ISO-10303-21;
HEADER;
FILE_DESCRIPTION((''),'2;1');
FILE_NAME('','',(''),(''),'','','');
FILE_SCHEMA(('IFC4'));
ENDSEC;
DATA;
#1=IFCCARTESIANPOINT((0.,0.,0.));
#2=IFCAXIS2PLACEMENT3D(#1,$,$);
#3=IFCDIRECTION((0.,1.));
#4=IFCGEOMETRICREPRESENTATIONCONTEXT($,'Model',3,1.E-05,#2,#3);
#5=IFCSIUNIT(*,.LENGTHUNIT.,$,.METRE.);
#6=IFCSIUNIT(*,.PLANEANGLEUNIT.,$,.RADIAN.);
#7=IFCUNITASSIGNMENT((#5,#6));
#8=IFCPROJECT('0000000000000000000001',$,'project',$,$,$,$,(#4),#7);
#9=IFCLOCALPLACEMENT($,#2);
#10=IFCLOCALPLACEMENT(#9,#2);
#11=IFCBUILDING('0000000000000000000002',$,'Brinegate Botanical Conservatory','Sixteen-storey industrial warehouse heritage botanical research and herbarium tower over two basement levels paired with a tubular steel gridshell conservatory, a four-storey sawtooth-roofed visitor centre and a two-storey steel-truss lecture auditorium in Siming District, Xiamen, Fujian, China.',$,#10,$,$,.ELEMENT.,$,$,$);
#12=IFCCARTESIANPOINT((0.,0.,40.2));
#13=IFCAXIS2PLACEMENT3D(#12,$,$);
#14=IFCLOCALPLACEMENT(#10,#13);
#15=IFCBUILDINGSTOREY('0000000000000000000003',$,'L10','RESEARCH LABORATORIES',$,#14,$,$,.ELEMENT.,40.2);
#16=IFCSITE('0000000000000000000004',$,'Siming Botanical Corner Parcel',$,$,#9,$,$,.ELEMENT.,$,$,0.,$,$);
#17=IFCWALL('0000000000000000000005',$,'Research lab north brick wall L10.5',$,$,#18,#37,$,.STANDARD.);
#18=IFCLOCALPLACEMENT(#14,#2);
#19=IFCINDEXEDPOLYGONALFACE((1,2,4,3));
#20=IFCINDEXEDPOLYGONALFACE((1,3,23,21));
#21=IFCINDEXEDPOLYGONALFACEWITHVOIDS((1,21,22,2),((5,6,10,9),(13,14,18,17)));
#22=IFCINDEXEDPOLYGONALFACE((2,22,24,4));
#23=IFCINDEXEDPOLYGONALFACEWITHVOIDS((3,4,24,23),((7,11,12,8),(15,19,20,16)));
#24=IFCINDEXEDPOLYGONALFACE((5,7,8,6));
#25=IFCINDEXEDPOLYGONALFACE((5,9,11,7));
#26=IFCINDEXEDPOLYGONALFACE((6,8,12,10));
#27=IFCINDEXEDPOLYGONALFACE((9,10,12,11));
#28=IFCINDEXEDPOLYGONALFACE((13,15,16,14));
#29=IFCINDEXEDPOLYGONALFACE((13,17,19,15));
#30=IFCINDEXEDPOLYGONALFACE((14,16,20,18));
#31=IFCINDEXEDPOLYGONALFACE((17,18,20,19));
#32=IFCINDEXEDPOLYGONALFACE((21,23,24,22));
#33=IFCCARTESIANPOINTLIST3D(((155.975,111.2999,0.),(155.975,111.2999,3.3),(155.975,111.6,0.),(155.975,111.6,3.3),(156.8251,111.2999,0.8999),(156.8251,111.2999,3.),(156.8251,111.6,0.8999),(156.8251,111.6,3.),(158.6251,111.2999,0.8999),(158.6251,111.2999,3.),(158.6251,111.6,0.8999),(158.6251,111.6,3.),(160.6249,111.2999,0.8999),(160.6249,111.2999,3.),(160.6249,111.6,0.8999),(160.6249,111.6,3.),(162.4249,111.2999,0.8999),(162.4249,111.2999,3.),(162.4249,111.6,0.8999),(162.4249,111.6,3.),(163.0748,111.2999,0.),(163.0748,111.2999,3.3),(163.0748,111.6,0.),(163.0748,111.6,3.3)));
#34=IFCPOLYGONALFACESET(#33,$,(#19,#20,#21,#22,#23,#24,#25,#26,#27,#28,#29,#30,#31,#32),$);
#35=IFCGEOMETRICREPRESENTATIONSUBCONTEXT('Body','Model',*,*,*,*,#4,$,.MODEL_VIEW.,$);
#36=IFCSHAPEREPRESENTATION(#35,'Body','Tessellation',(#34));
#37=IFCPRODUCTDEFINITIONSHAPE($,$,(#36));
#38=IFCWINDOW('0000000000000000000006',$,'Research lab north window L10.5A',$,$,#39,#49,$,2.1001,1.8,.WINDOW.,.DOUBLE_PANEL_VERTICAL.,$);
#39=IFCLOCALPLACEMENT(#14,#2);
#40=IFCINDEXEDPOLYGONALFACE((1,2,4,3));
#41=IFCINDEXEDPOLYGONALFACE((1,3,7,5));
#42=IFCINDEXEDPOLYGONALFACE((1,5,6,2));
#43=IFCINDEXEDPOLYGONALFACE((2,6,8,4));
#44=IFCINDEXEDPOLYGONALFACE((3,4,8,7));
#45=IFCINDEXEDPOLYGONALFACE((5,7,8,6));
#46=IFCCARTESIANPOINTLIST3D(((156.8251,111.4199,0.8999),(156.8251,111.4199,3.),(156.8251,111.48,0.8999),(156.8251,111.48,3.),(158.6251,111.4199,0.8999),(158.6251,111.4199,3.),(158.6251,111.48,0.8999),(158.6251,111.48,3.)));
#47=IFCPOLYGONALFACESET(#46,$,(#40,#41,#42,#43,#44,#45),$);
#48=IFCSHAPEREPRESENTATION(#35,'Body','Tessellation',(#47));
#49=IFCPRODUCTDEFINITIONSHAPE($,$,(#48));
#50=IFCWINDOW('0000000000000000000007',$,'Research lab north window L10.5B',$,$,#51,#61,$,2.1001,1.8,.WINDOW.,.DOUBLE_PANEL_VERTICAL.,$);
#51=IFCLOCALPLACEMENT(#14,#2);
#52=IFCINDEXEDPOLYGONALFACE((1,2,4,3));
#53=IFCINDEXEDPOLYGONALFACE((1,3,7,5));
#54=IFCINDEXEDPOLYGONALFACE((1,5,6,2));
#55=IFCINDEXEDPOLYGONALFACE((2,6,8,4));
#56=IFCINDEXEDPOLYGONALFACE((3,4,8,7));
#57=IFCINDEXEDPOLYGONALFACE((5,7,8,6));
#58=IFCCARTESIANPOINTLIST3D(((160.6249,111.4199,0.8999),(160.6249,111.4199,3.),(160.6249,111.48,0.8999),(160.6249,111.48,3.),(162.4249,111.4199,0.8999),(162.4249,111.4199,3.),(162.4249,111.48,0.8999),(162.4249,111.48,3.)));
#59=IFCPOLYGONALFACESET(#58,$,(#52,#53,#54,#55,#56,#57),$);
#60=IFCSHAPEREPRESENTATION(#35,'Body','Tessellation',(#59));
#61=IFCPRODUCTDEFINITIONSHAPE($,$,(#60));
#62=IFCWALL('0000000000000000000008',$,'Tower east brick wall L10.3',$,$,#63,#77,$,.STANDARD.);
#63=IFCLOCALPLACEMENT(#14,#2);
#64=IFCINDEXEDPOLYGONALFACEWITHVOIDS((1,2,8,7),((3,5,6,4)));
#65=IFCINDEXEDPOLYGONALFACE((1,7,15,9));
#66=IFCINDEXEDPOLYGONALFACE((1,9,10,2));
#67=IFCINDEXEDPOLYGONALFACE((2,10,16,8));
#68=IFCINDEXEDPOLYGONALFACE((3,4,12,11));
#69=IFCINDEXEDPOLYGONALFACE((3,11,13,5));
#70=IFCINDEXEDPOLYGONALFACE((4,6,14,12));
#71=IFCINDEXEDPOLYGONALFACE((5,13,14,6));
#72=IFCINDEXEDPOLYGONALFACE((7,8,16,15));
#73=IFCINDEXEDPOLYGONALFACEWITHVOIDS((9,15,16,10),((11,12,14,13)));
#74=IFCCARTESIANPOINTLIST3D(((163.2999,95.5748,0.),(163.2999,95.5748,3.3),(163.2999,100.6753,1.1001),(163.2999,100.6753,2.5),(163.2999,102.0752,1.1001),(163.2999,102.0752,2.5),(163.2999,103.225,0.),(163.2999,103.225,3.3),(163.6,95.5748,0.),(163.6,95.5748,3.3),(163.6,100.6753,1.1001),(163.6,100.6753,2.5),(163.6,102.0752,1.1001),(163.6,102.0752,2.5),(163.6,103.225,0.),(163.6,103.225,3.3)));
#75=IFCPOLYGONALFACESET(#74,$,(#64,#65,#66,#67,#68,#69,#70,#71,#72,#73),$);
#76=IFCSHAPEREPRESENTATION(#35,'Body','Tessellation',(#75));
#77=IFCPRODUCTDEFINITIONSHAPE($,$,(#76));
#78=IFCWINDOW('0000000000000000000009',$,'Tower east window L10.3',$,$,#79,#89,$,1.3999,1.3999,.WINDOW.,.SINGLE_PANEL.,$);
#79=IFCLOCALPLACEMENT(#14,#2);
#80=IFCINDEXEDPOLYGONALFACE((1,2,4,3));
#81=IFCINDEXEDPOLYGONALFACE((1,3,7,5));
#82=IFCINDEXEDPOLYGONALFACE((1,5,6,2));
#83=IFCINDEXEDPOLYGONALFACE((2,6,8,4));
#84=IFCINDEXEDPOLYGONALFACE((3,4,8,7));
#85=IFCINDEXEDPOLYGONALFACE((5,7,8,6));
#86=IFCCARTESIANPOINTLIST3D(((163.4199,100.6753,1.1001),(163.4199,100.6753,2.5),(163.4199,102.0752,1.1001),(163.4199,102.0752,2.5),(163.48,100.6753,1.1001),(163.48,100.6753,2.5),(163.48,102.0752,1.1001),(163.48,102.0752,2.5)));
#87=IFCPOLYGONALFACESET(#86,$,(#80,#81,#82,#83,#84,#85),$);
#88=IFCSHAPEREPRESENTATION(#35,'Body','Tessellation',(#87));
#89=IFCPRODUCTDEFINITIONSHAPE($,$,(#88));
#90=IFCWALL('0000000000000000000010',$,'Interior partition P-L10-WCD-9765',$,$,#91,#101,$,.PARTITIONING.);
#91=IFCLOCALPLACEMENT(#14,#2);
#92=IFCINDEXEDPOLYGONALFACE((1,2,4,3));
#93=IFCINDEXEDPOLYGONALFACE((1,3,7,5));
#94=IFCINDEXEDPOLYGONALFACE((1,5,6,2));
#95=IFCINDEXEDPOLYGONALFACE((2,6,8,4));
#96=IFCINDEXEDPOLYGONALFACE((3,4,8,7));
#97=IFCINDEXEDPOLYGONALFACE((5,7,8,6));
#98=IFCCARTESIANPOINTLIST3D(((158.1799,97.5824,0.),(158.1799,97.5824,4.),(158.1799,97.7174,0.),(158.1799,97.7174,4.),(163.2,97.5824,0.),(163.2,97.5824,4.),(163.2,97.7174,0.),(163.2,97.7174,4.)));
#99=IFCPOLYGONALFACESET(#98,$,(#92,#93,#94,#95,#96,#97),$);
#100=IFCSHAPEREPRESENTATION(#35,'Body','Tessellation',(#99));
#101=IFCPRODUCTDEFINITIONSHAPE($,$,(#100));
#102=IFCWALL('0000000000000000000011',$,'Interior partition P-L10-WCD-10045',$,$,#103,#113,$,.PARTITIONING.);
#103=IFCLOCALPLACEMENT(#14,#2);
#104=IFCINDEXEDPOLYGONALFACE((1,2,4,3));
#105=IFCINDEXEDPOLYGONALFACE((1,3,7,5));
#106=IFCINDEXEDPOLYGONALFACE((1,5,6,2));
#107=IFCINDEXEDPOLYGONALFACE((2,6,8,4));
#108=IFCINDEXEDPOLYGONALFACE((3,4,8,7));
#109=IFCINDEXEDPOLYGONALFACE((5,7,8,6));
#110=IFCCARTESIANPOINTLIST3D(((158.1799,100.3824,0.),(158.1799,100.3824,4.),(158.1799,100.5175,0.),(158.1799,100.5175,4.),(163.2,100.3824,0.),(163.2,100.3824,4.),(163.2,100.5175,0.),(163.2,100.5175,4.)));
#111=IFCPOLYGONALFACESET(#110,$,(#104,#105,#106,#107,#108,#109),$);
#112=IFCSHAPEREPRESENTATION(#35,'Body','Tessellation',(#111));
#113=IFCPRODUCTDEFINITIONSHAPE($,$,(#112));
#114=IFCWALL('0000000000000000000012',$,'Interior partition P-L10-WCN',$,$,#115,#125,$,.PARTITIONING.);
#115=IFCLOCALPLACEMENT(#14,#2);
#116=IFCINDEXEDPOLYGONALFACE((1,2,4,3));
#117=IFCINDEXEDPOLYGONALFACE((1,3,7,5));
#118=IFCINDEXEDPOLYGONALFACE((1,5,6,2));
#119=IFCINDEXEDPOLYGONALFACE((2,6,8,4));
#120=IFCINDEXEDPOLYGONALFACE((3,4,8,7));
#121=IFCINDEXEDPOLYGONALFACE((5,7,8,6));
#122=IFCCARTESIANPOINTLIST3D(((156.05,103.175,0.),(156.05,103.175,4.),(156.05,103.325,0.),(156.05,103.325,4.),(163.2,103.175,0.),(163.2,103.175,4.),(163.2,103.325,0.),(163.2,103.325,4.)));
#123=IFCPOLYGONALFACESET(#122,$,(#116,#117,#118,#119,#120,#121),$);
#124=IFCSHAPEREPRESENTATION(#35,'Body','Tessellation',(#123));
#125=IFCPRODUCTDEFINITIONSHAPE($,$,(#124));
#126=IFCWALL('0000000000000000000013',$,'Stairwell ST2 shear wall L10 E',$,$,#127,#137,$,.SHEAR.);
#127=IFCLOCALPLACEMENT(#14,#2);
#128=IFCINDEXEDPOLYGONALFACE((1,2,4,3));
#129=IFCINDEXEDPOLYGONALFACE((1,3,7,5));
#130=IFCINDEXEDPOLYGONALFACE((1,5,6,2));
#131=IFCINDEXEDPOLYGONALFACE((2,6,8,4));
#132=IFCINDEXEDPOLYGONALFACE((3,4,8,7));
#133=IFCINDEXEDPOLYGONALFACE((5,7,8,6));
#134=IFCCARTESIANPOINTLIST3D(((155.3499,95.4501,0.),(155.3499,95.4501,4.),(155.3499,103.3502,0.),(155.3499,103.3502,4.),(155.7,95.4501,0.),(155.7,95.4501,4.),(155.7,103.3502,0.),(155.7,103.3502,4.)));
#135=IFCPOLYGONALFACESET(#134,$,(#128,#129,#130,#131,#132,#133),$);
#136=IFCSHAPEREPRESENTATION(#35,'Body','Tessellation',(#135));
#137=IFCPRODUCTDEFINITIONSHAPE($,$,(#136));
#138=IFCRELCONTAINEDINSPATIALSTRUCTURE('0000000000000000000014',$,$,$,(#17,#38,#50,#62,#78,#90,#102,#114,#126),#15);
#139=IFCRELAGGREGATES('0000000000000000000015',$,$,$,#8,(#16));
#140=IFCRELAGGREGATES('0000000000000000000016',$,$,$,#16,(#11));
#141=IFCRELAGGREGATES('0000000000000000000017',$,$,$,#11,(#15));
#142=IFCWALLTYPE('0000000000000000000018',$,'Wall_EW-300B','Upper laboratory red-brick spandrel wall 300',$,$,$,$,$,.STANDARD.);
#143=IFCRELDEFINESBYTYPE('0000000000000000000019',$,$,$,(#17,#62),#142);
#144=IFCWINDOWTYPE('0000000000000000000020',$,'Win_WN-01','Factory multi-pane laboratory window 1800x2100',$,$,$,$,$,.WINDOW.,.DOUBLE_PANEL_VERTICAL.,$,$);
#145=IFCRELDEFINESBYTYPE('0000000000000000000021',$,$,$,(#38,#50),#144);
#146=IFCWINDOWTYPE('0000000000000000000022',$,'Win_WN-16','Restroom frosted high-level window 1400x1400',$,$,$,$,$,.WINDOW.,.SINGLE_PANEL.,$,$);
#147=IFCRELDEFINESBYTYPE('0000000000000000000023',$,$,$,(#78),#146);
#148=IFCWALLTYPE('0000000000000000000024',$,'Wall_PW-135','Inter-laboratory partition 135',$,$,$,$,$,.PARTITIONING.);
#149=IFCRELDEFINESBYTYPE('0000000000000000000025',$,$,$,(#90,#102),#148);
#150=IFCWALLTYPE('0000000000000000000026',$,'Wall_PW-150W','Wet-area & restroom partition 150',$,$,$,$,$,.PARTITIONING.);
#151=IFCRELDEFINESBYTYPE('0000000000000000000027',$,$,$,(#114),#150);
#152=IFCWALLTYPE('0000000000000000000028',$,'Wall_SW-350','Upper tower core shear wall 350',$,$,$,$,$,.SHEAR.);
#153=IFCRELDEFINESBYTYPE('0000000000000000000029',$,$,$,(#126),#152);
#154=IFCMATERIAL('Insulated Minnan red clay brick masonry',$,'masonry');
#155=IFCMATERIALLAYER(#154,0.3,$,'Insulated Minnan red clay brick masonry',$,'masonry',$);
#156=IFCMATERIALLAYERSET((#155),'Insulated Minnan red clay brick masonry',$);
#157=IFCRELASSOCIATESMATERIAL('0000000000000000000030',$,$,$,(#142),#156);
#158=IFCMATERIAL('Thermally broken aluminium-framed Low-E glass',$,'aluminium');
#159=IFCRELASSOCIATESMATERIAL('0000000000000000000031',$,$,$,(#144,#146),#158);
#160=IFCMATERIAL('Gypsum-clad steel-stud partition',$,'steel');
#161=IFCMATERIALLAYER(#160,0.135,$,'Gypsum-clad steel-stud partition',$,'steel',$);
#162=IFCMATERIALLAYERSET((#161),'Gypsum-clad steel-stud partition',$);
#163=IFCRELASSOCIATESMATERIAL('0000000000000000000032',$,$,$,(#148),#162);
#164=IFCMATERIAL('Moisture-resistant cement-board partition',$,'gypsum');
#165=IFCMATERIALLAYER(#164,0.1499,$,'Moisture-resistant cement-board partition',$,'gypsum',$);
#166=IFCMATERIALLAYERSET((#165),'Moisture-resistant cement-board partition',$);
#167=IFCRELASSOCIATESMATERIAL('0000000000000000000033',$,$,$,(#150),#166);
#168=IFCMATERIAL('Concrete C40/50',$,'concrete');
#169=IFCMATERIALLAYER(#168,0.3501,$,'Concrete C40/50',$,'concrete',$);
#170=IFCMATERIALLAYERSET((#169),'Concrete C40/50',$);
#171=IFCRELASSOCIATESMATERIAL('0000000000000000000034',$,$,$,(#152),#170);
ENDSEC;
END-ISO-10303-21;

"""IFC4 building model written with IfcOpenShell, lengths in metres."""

from ifc_helpers import new_model, si_unit, direction, frame, frame_2d, origin, place, context, subcontext, project, spatial, rectangle, extrude, material, layer, layer_set, type_object, element, fill, save


model = new_model("IFC4")

# Units and contexts
model_context = context("Model", 3, precision=1e-05, world=origin(), true_north=direction((0.0, 1.0)))
body_context = subcontext(model_context, "Body", "Model", "MODEL_VIEW")
ifc_project = project(units=[si_unit("LENGTHUNIT", "METRE"), si_unit("PLANEANGLEUNIT", "RADIAN")], contexts=[model_context])

# Site, building, storey
site_placement = place(None, origin())
site = spatial("IfcSite", under=ifc_project, at=site_placement, Name="Siming Botanical Corner Parcel", CompositionType="ELEMENT", RefElevation=0.0)
building_placement = place(site_placement, origin())
building = spatial("IfcBuilding", under=site, at=building_placement, Name="Brinegate Botanical Conservatory", Description="Sixteen-storey industrial warehouse heritage botanical research and herbarium tower over two basement levels paired with a tubular steel gridshell conservatory, a four-storey sawtooth-roofed visitor centre and a two-storey steel-truss lecture auditorium in Siming District, Xiamen, Fujian, China.", CompositionType="ELEMENT")
storey_placement = place(building_placement, frame((0.0, 0.0, 40.2)))
storey = spatial("IfcBuildingStorey", under=building, at=storey_placement, Name="L10", Description="RESEARCH LABORATORIES", CompositionType="ELEMENT", Elevation=40.2)

# Shared definitions
ifc_material_1 = material(Name="Concrete C40/50", Category="concrete")

# Wall, openings, windows
ifc_material_2 = material(Name="Insulated Minnan red clay brick masonry", Category="masonry")
ifc_layer_1 = layer(ifc_material_2, 0.3, Name="Insulated Minnan red clay brick masonry", Category="masonry")
ifc_layer_set_1 = layer_set([ifc_layer_1], Name="Insulated Minnan red clay brick masonry")
wall_type_1 = type_object("IfcWallType", Name="Wall_EW-300B", Description="Upper laboratory red-brick spandrel wall 300", PredefinedType="STANDARD", material=ifc_layer_set_1)
wall_1_placement = place(storey_placement, frame((155.9751, 111.45, 0.0), z_axis=(0.0, 0.0, 1.0), x_axis=(1.0, 0.0, 0.0)))
wall_1 = element("IfcWall", 1, at=wall_1_placement, inside=storey, type_object=wall_type_1, Name="Research lab north brick wall L10.5", PredefinedType="STANDARD", context=body_context, shape_type="SweptSolid", body=[
    extrude(rectangle(XDim=7.0999, YDim=0.3, at=frame_2d((3.5498, 0.0))), origin(), (0.0, 0.0, 1.0), 3.3),
])
opening_1_placement = place(wall_1_placement, frame((0.8501, 0.0, 0.8999)))
opening_1 = element("IfcOpeningElement", 2, at=opening_1_placement, cuts=wall_1, PredefinedType="OPENING", context=body_context, shape_type="SweptSolid", body=[
    extrude(rectangle(XDim=1.8, YDim=2.1001, at=frame_2d((0.8999, 1.05))), frame((0.0, 0.1599, 0.0), z_axis=(0.0, -1.0, 0.0), x_axis=(1.0, 0.0, 0.0)), (0.0, 0.0, 1.0), 0.3201),
])
opening_2_placement = place(wall_1_placement, frame((4.6499, 0.0, 0.8999)))
opening_2 = element("IfcOpeningElement", 3, at=opening_2_placement, cuts=wall_1, PredefinedType="OPENING", context=body_context, shape_type="SweptSolid", body=[
    extrude(rectangle(XDim=1.8, YDim=2.1001, at=frame_2d((0.8999, 1.05))), frame((0.0, 0.1599, 0.0), z_axis=(0.0, -1.0, 0.0), x_axis=(1.0, 0.0, 0.0)), (0.0, 0.0, 1.0), 0.3201),
])
ifc_material_3 = material(Name="Thermally broken aluminium-framed Low-E glass", Category="aluminium")
window_type_1 = type_object("IfcWindowType", Name="Win_WN-01", Description="Factory multi-pane laboratory window 1800x2100", PartitioningType="DOUBLE_PANEL_VERTICAL", PredefinedType="WINDOW", material=ifc_material_3)
window_1_placement = place(opening_1_placement, origin())
window_1 = element("IfcWindow", 4, at=window_1_placement, inside=storey, type_object=window_type_1, Name="Research lab north window L10.5A", OverallHeight=2.1001, OverallWidth=1.8, PartitioningType="DOUBLE_PANEL_VERTICAL", PredefinedType="WINDOW", context=body_context, shape_type="SweptSolid", body=[
    extrude(rectangle(XDim=1.8, YDim=2.1001, at=frame_2d((0.8999, 1.05))), frame((0.0, 0.03, 0.0), z_axis=(0.0, -1.0, 0.0), x_axis=(1.0, 0.0, 0.0)), (0.0, 0.0, 1.0), 0.0601),
])
fill(opening_1, window_1)
window_2_placement = place(opening_2_placement, origin())
window_2 = element("IfcWindow", 5, at=window_2_placement, inside=storey, type_object=window_type_1, Name="Research lab north window L10.5B", OverallHeight=2.1001, OverallWidth=1.8, PartitioningType="DOUBLE_PANEL_VERTICAL", PredefinedType="WINDOW", context=body_context, shape_type="SweptSolid", body=[
    extrude(rectangle(XDim=1.8, YDim=2.1001, at=frame_2d((0.8999, 1.05))), frame((0.0, 0.03, 0.0), z_axis=(0.0, -1.0, 0.0), x_axis=(1.0, 0.0, 0.0)), (0.0, 0.0, 1.0), 0.0601),
])
fill(opening_2, window_2)

# Wall, opening, window
wall_2_placement = place(storey_placement, frame((163.45, 103.2251, 0.0), z_axis=(0.0, 0.0, 1.0), x_axis=(0.0, -1.0, 0.0)))
wall_2 = element("IfcWall", 6, at=wall_2_placement, inside=storey, type_object=wall_type_1, Name="Tower east brick wall L10.3", PredefinedType="STANDARD", context=body_context, shape_type="SweptSolid", body=[
    extrude(rectangle(XDim=7.6501, YDim=0.3, at=frame_2d((3.8252, 0.0))), origin(), (0.0, 0.0, 1.0), 3.3),
])
opening_3_placement = place(wall_2_placement, frame((1.1499, 0.0, 1.1001)))
opening_3 = element("IfcOpeningElement", 7, at=opening_3_placement, cuts=wall_2, PredefinedType="OPENING", context=body_context, shape_type="SweptSolid", body=[
    extrude(rectangle(XDim=1.3999, YDim=1.3999, at=frame_2d((0.7, 0.7))), frame((0.0, 0.1599, 0.0), z_axis=(0.0, -1.0, 0.0), x_axis=(1.0, 0.0, 0.0)), (0.0, 0.0, 1.0), 0.3201),
])
window_type_2 = type_object("IfcWindowType", Name="Win_WN-16", Description="Restroom frosted high-level window 1400x1400", PartitioningType="SINGLE_PANEL", PredefinedType="WINDOW", material=ifc_material_3)
window_3_placement = place(opening_3_placement, origin())
window_3 = element("IfcWindow", 8, at=window_3_placement, inside=storey, type_object=window_type_2, Name="Tower east window L10.3", OverallHeight=1.3999, OverallWidth=1.3999, PartitioningType="SINGLE_PANEL", PredefinedType="WINDOW", context=body_context, shape_type="SweptSolid", body=[
    extrude(rectangle(XDim=1.3999, YDim=1.3999, at=frame_2d((0.7, 0.7))), frame((0.0, 0.03, 0.0), z_axis=(0.0, -1.0, 0.0), x_axis=(1.0, 0.0, 0.0)), (0.0, 0.0, 1.0), 0.0601),
])
fill(opening_3, window_3)

# Walls
ifc_material_4 = material(Name="Gypsum-clad steel-stud partition", Category="steel")
ifc_layer_2 = layer(ifc_material_4, 0.135, Name="Gypsum-clad steel-stud partition", Category="steel")
ifc_layer_set_2 = layer_set([ifc_layer_2], Name="Gypsum-clad steel-stud partition")
wall_type_2 = type_object("IfcWallType", Name="Wall_PW-135", Description="Inter-laboratory partition 135", PredefinedType="PARTITIONING", material=ifc_layer_set_2)
for number, where, z_axis, x_axis, name in (
    (9, (158.1799, 97.6499, 0.0), (0.0, 0.0, 1.0), (1.0, 0.0, 0.0), "Interior partition P-L10-WCD-9765"),
    (10, (158.1799, 100.45, 0.0), (0.0, 0.0, 1.0), (1.0, 0.0, 0.0), "Interior partition P-L10-WCD-10045"),
):
    element("IfcWall", number, at=place(storey_placement, frame(where, z_axis=z_axis, x_axis=x_axis)), inside=storey, type_object=wall_type_2, Name=name, PredefinedType="PARTITIONING", context=body_context, shape_type="SweptSolid", body=[
        extrude(rectangle(XDim=5.02, YDim=0.135, at=frame_2d((2.51, 0.0))), origin(), (0.0, 0.0, 1.0), 4.0),
    ])
ifc_material_5 = material(Name="Moisture-resistant cement-board partition", Category="gypsum")
ifc_layer_3 = layer(ifc_material_5, 0.1499, Name="Moisture-resistant cement-board partition", Category="gypsum")
ifc_layer_set_3 = layer_set([ifc_layer_3], Name="Moisture-resistant cement-board partition")
wall_type_3 = type_object("IfcWallType", Name="Wall_PW-150W", Description="Wet-area & restroom partition 150", PredefinedType="PARTITIONING", material=ifc_layer_set_3)
wall_3_placement = place(storey_placement, frame((156.05, 103.25, 0.0), z_axis=(0.0, 0.0, 1.0), x_axis=(1.0, 0.0, 0.0)))
element("IfcWall", 11, at=wall_3_placement, inside=storey, type_object=wall_type_3, Name="Interior partition P-L10-WCN", PredefinedType="PARTITIONING", context=body_context, shape_type="SweptSolid", body=[
    extrude(rectangle(XDim=7.1499, YDim=0.1499, at=frame_2d((3.575, 0.0))), origin(), (0.0, 0.0, 1.0), 4.0),
])
ifc_layer_4 = layer(ifc_material_1, 0.3501, Name="Concrete C40/50", Category="concrete")
ifc_layer_set_4 = layer_set([ifc_layer_4], Name="Concrete C40/50")
wall_type_4 = type_object("IfcWallType", Name="Wall_SW-350", Description="Upper tower core shear wall 350", PredefinedType="SHEAR", material=ifc_layer_set_4)
wall_4_placement = place(storey_placement, frame((155.5249, 95.45, 0.0), z_axis=(0.0, 0.0, 1.0), x_axis=(0.0, 1.0, 0.0)))
element("IfcWall", 12, at=wall_4_placement, inside=storey, type_object=wall_type_4, Name="Stairwell ST2 shear wall L10 E", PredefinedType="SHEAR", context=body_context, shape_type="SweptSolid", body=[
    extrude(rectangle(XDim=7.9001, YDim=0.3501, at=frame_2d((3.9502, 0.0))), origin(), (0.0, 0.0, 1.0), 4.0),
])

save(model, "model.ifc")
